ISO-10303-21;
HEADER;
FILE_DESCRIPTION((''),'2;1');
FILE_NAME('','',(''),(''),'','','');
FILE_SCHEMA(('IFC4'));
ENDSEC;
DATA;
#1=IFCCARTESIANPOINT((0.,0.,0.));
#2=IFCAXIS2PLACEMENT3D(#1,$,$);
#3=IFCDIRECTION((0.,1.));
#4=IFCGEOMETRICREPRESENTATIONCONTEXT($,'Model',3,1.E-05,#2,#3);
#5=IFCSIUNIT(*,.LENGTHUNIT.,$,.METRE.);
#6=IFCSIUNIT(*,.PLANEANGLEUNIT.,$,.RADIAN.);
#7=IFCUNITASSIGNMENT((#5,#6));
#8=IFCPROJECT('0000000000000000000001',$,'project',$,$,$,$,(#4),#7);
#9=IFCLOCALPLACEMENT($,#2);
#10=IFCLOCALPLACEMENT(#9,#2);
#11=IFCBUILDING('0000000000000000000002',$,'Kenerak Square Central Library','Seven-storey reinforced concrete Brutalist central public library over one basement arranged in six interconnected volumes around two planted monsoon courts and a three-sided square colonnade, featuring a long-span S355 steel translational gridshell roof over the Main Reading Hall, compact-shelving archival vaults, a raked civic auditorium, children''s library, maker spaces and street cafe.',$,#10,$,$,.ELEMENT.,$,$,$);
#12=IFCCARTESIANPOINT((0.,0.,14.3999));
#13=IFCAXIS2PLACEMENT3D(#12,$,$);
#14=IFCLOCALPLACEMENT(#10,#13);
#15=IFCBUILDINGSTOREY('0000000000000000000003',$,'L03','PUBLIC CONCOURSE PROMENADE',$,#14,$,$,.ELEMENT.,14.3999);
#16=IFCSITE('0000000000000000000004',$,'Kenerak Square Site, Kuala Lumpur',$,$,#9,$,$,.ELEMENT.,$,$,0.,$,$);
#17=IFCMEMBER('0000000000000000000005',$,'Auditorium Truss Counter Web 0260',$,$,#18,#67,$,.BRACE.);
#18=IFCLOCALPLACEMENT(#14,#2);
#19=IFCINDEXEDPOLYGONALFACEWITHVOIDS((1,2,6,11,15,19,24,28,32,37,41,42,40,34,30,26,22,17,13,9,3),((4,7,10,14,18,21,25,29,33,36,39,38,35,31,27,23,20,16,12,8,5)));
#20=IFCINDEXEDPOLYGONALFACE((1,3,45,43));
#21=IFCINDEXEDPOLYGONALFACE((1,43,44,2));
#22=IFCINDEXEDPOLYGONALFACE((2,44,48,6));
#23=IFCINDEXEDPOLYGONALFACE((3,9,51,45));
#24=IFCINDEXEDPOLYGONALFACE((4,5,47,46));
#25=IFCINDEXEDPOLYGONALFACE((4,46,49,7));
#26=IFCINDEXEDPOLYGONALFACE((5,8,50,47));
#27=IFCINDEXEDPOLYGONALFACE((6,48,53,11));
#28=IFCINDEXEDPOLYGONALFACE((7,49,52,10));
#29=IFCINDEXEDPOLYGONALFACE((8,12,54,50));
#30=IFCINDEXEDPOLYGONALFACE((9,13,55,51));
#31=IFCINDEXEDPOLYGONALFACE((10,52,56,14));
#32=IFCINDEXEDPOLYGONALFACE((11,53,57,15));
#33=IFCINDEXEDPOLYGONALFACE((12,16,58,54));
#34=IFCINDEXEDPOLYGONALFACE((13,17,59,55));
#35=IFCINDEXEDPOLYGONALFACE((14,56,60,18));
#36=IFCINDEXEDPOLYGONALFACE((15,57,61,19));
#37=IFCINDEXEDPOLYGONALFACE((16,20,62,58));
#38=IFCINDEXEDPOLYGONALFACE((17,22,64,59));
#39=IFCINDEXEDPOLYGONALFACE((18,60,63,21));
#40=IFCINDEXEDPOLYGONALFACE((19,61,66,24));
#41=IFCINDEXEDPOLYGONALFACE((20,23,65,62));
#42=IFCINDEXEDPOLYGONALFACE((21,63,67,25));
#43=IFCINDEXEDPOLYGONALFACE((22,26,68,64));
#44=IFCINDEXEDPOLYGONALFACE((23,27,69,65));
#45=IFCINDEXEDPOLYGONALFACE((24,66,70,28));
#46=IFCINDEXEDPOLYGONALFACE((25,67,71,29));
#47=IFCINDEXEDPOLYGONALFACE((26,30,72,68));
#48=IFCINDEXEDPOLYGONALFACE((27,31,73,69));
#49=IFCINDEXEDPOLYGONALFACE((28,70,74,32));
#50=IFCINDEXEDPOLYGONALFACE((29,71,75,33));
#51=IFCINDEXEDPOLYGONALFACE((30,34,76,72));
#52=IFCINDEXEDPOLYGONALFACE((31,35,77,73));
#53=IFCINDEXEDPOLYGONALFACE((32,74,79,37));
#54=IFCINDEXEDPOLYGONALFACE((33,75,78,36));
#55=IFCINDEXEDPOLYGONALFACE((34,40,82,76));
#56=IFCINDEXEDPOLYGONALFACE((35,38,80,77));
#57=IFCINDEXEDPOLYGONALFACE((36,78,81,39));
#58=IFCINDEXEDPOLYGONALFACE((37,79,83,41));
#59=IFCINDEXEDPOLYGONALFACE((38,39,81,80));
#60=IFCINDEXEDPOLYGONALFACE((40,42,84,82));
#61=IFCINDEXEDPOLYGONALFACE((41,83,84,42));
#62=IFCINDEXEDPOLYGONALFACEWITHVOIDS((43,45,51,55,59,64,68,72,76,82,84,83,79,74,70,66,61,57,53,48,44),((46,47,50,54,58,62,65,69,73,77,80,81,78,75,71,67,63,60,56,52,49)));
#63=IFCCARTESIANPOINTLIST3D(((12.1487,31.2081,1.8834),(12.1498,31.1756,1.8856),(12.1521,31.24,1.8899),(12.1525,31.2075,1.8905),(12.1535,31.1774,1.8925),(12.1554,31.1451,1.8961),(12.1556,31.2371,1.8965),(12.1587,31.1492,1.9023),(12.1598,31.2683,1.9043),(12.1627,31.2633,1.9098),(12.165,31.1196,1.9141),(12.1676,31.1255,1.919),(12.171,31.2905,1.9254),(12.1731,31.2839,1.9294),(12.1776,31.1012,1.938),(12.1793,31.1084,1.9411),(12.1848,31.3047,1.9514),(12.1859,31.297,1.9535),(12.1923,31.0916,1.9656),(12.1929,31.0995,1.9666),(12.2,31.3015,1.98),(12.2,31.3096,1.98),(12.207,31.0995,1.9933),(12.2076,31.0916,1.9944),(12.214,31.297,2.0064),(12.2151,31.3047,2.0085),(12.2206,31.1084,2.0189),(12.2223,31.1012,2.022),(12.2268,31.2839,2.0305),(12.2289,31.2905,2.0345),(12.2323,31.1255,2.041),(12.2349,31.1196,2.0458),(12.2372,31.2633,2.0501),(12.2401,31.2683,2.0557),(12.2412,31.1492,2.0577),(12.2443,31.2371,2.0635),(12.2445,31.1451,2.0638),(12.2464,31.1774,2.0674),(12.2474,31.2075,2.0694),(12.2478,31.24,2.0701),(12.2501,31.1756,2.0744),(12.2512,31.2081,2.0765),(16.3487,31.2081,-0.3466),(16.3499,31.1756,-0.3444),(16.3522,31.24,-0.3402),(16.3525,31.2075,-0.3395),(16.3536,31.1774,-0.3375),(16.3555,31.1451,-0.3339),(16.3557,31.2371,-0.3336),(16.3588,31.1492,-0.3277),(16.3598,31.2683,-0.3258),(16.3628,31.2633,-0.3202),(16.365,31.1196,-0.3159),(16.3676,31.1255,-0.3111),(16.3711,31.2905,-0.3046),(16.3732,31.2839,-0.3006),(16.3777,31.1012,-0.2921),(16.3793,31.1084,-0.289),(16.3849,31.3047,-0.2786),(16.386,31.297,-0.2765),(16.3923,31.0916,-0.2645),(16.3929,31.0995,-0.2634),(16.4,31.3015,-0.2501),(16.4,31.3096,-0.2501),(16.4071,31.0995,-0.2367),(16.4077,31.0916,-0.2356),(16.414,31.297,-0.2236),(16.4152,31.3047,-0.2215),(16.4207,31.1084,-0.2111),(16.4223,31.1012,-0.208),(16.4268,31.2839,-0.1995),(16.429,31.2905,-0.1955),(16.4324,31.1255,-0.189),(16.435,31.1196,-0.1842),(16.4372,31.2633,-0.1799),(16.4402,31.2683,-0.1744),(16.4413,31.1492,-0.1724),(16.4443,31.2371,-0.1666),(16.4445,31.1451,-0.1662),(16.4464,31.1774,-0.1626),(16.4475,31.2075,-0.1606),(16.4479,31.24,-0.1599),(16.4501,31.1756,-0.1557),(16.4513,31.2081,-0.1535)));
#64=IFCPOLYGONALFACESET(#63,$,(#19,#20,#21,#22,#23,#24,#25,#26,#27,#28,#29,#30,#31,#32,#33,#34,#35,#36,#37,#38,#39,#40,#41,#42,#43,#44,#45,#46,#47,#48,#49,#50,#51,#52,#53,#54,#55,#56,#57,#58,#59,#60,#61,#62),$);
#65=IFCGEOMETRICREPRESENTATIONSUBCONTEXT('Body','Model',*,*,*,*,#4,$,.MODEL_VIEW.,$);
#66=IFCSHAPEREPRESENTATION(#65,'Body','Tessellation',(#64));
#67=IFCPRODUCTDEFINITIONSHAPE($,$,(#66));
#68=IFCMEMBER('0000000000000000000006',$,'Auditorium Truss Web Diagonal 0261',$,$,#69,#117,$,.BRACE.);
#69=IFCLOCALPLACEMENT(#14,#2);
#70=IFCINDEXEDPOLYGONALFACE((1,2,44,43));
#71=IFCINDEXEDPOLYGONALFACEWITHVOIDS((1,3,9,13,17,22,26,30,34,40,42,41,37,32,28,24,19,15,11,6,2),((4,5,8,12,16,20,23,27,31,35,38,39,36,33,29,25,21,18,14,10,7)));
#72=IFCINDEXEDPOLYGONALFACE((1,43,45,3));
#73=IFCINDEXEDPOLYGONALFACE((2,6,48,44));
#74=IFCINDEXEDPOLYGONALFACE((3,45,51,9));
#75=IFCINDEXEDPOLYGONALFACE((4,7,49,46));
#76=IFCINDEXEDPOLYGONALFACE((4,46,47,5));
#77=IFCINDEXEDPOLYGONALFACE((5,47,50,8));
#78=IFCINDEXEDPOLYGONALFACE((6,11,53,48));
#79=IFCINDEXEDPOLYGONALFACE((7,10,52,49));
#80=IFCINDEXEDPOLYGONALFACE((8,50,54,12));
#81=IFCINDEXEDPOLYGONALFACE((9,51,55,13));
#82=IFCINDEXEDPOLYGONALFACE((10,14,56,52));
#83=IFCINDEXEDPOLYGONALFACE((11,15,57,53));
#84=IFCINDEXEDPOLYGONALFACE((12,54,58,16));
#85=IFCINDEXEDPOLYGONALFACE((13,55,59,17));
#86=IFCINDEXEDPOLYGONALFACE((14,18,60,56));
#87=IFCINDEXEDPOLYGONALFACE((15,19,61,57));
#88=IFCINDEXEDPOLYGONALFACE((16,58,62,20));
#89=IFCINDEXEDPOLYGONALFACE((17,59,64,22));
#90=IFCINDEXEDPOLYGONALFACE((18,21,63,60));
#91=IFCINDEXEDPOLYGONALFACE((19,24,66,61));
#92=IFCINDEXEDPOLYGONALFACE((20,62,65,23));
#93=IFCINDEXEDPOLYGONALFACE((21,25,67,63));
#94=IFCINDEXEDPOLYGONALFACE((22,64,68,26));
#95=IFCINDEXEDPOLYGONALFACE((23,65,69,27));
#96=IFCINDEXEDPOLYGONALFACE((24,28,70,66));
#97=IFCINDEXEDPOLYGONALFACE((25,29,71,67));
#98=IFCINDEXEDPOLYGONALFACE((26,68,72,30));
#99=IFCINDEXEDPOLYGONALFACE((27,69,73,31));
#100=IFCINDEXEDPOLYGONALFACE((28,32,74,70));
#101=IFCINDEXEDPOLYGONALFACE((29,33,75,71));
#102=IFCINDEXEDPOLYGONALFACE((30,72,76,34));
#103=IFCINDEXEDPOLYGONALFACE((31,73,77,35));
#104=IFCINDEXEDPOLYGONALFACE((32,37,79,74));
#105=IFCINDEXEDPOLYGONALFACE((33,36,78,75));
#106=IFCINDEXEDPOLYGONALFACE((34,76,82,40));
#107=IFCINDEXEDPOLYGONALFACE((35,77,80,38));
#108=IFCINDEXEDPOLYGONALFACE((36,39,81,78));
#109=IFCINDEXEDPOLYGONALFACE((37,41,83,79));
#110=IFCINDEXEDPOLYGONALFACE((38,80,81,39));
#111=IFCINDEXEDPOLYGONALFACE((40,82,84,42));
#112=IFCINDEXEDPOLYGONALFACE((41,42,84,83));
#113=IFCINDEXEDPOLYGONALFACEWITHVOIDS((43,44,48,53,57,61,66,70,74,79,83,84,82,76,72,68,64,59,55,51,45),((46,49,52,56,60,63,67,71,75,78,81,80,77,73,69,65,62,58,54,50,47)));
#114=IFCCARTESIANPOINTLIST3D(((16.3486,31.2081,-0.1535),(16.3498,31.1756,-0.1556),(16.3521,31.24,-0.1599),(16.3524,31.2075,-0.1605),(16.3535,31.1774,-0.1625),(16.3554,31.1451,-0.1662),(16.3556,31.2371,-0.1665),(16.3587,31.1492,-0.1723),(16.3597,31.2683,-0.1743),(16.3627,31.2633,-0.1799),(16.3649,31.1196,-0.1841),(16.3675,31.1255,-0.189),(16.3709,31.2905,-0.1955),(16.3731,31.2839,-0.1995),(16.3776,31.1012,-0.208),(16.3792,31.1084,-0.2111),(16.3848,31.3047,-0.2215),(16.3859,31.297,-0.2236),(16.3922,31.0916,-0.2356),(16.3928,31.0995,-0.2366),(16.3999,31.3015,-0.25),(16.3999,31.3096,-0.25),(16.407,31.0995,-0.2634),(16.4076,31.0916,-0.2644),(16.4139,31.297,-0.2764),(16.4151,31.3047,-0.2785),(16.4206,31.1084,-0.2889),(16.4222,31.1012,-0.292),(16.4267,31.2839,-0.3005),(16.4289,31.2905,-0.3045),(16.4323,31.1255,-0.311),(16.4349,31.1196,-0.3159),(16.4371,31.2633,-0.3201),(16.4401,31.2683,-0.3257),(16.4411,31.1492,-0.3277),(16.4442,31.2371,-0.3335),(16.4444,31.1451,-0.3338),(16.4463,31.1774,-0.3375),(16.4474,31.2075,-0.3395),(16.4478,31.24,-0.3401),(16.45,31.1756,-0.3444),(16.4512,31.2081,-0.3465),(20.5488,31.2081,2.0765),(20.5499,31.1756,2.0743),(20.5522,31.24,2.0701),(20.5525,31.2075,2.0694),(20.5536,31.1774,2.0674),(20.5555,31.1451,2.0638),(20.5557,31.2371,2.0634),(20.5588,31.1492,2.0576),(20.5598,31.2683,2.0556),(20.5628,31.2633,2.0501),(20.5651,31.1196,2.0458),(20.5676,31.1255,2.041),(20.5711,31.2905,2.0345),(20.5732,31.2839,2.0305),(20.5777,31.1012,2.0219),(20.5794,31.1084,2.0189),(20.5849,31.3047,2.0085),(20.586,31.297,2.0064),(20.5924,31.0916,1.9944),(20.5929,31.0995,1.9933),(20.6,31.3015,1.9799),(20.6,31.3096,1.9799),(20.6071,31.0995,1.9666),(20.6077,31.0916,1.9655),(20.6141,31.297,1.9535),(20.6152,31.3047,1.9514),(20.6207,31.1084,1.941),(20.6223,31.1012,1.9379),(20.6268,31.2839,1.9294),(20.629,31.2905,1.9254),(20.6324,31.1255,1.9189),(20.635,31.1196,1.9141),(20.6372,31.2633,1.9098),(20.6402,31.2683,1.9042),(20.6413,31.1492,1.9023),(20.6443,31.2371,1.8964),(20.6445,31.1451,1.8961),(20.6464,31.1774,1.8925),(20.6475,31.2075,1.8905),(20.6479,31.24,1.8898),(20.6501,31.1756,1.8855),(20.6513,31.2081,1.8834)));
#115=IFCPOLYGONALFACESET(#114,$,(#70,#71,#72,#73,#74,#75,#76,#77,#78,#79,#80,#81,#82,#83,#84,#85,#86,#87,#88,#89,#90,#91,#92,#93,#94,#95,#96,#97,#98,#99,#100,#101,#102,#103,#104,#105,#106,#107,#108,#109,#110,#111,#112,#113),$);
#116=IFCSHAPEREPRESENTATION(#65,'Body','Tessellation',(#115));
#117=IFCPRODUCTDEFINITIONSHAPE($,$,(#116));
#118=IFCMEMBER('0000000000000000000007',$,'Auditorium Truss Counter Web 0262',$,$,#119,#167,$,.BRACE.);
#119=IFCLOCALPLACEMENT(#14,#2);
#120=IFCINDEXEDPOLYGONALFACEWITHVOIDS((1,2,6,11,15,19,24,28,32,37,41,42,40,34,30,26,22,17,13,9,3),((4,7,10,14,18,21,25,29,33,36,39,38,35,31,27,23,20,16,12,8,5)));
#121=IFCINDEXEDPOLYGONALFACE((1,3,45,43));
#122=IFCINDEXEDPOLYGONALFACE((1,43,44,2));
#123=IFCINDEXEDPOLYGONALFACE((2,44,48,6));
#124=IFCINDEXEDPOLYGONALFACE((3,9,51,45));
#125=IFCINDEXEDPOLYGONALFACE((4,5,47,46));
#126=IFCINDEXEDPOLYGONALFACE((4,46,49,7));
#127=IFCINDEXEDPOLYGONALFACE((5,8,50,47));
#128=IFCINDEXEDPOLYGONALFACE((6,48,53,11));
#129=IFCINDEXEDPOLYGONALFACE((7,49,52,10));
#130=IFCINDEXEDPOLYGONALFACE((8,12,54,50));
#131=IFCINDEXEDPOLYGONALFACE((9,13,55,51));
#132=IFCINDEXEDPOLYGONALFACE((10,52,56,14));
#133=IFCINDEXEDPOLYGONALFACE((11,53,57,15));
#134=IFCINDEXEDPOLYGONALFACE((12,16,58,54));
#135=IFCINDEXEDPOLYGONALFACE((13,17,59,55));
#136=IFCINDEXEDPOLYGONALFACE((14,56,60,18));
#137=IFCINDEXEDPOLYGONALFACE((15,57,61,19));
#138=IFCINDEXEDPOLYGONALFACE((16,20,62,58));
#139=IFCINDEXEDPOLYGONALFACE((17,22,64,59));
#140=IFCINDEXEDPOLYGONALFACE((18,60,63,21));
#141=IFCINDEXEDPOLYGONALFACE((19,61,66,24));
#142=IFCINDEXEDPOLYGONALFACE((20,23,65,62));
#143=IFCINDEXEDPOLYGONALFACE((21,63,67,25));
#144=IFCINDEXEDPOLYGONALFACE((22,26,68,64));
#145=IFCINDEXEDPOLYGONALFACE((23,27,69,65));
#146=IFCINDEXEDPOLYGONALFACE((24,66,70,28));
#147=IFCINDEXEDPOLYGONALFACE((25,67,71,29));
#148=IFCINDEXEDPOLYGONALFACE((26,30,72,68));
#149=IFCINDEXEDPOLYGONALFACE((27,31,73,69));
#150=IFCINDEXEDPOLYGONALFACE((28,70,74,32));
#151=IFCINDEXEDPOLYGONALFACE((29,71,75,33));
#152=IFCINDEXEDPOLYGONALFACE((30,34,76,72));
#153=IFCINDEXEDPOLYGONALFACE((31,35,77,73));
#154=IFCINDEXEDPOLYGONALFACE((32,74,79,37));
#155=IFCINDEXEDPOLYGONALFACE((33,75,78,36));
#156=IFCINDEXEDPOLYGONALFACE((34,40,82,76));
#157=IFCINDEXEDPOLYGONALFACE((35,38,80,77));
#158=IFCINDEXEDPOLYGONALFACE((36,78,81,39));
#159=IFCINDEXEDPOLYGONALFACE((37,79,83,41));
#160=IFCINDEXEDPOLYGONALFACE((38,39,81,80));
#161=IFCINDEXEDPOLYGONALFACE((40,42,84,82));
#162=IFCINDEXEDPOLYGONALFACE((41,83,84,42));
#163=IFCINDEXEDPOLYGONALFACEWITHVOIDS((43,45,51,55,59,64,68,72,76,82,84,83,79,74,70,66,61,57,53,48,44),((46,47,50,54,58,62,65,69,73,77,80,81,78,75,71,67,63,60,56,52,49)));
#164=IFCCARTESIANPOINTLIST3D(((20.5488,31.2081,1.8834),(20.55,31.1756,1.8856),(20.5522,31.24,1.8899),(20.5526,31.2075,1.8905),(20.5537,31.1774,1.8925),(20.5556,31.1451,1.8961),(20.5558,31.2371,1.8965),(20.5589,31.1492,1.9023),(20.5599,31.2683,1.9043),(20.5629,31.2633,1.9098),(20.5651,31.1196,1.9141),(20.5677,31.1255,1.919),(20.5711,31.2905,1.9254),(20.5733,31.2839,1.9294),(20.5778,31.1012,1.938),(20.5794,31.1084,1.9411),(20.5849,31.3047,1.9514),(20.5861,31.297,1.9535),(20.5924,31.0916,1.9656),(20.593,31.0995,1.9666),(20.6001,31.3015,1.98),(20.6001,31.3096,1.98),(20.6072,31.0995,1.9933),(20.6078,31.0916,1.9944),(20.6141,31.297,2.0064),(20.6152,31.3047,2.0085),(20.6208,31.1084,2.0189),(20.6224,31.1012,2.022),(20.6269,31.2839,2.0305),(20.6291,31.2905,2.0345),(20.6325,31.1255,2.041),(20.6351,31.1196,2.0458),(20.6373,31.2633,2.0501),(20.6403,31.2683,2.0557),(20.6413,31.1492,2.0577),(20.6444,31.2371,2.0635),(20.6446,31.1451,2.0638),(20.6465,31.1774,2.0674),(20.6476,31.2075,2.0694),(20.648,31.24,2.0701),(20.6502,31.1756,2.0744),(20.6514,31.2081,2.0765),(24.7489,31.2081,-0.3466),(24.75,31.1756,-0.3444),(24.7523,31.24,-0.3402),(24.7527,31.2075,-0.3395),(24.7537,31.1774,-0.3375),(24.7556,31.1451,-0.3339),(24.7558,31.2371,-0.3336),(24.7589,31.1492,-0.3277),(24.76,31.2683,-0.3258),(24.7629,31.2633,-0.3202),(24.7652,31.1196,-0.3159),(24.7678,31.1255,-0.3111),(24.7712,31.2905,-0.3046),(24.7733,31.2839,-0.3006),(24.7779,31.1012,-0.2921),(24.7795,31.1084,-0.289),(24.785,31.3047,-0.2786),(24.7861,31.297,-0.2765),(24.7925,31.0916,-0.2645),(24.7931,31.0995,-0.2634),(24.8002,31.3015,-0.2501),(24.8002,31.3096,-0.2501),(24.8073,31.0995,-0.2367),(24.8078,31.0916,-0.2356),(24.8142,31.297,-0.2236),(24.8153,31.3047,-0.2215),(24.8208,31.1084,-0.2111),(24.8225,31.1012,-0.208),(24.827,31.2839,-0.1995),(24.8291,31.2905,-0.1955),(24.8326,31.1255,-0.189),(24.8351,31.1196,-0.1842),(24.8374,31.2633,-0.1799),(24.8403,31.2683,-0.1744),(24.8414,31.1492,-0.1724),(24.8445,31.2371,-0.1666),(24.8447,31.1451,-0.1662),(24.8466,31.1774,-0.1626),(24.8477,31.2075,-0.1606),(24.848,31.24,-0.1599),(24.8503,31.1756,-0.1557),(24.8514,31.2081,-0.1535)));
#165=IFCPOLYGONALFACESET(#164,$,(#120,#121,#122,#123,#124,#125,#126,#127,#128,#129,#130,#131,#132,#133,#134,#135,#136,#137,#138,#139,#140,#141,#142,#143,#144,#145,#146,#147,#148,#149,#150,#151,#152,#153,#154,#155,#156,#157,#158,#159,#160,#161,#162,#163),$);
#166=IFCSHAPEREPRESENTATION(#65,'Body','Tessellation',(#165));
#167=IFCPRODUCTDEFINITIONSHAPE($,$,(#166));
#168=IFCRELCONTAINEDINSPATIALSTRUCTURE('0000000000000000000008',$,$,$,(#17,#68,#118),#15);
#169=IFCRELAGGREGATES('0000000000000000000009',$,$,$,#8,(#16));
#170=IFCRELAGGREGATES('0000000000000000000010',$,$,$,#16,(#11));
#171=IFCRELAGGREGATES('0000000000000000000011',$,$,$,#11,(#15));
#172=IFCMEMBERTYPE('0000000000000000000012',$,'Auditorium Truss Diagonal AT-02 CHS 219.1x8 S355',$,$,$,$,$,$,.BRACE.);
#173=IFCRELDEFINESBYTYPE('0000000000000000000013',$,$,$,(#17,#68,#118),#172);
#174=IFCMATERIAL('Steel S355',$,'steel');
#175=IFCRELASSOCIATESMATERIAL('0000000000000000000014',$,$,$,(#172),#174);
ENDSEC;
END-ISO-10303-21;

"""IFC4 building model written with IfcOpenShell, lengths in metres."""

from ifc_helpers import new_model, si_unit, direction, frame, origin, origin_2d, place, context, subcontext, project, spatial, hollow_circle, extrude, material, material_profile, profile_set, type_object, element, save


model = new_model("IFC4")

# Units and contexts
model_context = context("Model", 3, precision=1e-05, world=origin(), true_north=direction((0.0, 1.0)))
body_context = subcontext(model_context, "Body", "Model", "MODEL_VIEW")
ifc_project = project(units=[si_unit("LENGTHUNIT", "METRE"), si_unit("PLANEANGLEUNIT", "RADIAN")], contexts=[model_context])

# Site, building, storey
site_placement = place(None, origin())
site = spatial("IfcSite", under=ifc_project, at=site_placement, Name="Kenerak Square Site, Kuala Lumpur", CompositionType="ELEMENT", RefElevation=0.0)
building_placement = place(site_placement, origin())
building = spatial("IfcBuilding", under=site, at=building_placement, Name="Kenerak Square Central Library", Description="Seven-storey reinforced concrete Brutalist central public library over one basement arranged in six interconnected volumes around two planted monsoon courts and a three-sided square colonnade, featuring a long-span S355 steel translational gridshell roof over the Main Reading Hall, compact-shelving archival vaults, a raked civic auditorium, children's library, maker spaces and street cafe.", CompositionType="ELEMENT")
storey_placement = place(building_placement, frame((0.0, 0.0, 14.3999)))
storey = spatial("IfcBuildingStorey", under=building, at=storey_placement, Name="L03", Description="PUBLIC CONCOURSE PROMENADE", CompositionType="ELEMENT", Elevation=14.3999)

# Shared definitions
ifc_material_1 = material(Name="Steel S355", Category="steel")

# Members
ifc_material_profile_1 = material_profile(ifc_material_1, hollow_circle(Radius=0.1096, WallThickness=0.0081, at=origin_2d()), Name="CHS 219.1x8.0")
ifc_profile_set_1 = profile_set([ifc_material_profile_1], Name="Steel S355")
member_type_1 = type_object("IfcMemberType", Name="Auditorium Truss Diagonal AT-02 CHS 219.1x8 S355", PredefinedType="BRACE", material=ifc_profile_set_1)
for number, where, z_axis, x_axis, name in (
    (1, (12.2, 31.2, 1.98), (0.883224, 0.0, -0.468951), (0.0, 1.0, 0.0), "Auditorium Truss Counter Web 0260"),
    (2, (16.3999, 31.2, -0.25), (0.883235, 0.0, 0.46893), (0.0, 1.0, 0.0), "Auditorium Truss Web Diagonal 0261"),
    (3, (20.6001, 31.2, 1.98), (0.883224, 0.0, -0.468951), (0.0, 1.0, 0.0), "Auditorium Truss Counter Web 0262"),
):
    element("IfcMember", number, at=place(storey_placement, frame(where, z_axis=z_axis, x_axis=x_axis)), inside=storey, type_object=member_type_1, Name=name, PredefinedType="BRACE", context=body_context, shape_type="SweptSolid", body=[
        extrude(hollow_circle(Radius=0.1096, WallThickness=0.0081, at=origin_2d()), origin(), (0.0, 0.0, 1.0), 4.7554),
    ])

save(model, "model.ifc")
